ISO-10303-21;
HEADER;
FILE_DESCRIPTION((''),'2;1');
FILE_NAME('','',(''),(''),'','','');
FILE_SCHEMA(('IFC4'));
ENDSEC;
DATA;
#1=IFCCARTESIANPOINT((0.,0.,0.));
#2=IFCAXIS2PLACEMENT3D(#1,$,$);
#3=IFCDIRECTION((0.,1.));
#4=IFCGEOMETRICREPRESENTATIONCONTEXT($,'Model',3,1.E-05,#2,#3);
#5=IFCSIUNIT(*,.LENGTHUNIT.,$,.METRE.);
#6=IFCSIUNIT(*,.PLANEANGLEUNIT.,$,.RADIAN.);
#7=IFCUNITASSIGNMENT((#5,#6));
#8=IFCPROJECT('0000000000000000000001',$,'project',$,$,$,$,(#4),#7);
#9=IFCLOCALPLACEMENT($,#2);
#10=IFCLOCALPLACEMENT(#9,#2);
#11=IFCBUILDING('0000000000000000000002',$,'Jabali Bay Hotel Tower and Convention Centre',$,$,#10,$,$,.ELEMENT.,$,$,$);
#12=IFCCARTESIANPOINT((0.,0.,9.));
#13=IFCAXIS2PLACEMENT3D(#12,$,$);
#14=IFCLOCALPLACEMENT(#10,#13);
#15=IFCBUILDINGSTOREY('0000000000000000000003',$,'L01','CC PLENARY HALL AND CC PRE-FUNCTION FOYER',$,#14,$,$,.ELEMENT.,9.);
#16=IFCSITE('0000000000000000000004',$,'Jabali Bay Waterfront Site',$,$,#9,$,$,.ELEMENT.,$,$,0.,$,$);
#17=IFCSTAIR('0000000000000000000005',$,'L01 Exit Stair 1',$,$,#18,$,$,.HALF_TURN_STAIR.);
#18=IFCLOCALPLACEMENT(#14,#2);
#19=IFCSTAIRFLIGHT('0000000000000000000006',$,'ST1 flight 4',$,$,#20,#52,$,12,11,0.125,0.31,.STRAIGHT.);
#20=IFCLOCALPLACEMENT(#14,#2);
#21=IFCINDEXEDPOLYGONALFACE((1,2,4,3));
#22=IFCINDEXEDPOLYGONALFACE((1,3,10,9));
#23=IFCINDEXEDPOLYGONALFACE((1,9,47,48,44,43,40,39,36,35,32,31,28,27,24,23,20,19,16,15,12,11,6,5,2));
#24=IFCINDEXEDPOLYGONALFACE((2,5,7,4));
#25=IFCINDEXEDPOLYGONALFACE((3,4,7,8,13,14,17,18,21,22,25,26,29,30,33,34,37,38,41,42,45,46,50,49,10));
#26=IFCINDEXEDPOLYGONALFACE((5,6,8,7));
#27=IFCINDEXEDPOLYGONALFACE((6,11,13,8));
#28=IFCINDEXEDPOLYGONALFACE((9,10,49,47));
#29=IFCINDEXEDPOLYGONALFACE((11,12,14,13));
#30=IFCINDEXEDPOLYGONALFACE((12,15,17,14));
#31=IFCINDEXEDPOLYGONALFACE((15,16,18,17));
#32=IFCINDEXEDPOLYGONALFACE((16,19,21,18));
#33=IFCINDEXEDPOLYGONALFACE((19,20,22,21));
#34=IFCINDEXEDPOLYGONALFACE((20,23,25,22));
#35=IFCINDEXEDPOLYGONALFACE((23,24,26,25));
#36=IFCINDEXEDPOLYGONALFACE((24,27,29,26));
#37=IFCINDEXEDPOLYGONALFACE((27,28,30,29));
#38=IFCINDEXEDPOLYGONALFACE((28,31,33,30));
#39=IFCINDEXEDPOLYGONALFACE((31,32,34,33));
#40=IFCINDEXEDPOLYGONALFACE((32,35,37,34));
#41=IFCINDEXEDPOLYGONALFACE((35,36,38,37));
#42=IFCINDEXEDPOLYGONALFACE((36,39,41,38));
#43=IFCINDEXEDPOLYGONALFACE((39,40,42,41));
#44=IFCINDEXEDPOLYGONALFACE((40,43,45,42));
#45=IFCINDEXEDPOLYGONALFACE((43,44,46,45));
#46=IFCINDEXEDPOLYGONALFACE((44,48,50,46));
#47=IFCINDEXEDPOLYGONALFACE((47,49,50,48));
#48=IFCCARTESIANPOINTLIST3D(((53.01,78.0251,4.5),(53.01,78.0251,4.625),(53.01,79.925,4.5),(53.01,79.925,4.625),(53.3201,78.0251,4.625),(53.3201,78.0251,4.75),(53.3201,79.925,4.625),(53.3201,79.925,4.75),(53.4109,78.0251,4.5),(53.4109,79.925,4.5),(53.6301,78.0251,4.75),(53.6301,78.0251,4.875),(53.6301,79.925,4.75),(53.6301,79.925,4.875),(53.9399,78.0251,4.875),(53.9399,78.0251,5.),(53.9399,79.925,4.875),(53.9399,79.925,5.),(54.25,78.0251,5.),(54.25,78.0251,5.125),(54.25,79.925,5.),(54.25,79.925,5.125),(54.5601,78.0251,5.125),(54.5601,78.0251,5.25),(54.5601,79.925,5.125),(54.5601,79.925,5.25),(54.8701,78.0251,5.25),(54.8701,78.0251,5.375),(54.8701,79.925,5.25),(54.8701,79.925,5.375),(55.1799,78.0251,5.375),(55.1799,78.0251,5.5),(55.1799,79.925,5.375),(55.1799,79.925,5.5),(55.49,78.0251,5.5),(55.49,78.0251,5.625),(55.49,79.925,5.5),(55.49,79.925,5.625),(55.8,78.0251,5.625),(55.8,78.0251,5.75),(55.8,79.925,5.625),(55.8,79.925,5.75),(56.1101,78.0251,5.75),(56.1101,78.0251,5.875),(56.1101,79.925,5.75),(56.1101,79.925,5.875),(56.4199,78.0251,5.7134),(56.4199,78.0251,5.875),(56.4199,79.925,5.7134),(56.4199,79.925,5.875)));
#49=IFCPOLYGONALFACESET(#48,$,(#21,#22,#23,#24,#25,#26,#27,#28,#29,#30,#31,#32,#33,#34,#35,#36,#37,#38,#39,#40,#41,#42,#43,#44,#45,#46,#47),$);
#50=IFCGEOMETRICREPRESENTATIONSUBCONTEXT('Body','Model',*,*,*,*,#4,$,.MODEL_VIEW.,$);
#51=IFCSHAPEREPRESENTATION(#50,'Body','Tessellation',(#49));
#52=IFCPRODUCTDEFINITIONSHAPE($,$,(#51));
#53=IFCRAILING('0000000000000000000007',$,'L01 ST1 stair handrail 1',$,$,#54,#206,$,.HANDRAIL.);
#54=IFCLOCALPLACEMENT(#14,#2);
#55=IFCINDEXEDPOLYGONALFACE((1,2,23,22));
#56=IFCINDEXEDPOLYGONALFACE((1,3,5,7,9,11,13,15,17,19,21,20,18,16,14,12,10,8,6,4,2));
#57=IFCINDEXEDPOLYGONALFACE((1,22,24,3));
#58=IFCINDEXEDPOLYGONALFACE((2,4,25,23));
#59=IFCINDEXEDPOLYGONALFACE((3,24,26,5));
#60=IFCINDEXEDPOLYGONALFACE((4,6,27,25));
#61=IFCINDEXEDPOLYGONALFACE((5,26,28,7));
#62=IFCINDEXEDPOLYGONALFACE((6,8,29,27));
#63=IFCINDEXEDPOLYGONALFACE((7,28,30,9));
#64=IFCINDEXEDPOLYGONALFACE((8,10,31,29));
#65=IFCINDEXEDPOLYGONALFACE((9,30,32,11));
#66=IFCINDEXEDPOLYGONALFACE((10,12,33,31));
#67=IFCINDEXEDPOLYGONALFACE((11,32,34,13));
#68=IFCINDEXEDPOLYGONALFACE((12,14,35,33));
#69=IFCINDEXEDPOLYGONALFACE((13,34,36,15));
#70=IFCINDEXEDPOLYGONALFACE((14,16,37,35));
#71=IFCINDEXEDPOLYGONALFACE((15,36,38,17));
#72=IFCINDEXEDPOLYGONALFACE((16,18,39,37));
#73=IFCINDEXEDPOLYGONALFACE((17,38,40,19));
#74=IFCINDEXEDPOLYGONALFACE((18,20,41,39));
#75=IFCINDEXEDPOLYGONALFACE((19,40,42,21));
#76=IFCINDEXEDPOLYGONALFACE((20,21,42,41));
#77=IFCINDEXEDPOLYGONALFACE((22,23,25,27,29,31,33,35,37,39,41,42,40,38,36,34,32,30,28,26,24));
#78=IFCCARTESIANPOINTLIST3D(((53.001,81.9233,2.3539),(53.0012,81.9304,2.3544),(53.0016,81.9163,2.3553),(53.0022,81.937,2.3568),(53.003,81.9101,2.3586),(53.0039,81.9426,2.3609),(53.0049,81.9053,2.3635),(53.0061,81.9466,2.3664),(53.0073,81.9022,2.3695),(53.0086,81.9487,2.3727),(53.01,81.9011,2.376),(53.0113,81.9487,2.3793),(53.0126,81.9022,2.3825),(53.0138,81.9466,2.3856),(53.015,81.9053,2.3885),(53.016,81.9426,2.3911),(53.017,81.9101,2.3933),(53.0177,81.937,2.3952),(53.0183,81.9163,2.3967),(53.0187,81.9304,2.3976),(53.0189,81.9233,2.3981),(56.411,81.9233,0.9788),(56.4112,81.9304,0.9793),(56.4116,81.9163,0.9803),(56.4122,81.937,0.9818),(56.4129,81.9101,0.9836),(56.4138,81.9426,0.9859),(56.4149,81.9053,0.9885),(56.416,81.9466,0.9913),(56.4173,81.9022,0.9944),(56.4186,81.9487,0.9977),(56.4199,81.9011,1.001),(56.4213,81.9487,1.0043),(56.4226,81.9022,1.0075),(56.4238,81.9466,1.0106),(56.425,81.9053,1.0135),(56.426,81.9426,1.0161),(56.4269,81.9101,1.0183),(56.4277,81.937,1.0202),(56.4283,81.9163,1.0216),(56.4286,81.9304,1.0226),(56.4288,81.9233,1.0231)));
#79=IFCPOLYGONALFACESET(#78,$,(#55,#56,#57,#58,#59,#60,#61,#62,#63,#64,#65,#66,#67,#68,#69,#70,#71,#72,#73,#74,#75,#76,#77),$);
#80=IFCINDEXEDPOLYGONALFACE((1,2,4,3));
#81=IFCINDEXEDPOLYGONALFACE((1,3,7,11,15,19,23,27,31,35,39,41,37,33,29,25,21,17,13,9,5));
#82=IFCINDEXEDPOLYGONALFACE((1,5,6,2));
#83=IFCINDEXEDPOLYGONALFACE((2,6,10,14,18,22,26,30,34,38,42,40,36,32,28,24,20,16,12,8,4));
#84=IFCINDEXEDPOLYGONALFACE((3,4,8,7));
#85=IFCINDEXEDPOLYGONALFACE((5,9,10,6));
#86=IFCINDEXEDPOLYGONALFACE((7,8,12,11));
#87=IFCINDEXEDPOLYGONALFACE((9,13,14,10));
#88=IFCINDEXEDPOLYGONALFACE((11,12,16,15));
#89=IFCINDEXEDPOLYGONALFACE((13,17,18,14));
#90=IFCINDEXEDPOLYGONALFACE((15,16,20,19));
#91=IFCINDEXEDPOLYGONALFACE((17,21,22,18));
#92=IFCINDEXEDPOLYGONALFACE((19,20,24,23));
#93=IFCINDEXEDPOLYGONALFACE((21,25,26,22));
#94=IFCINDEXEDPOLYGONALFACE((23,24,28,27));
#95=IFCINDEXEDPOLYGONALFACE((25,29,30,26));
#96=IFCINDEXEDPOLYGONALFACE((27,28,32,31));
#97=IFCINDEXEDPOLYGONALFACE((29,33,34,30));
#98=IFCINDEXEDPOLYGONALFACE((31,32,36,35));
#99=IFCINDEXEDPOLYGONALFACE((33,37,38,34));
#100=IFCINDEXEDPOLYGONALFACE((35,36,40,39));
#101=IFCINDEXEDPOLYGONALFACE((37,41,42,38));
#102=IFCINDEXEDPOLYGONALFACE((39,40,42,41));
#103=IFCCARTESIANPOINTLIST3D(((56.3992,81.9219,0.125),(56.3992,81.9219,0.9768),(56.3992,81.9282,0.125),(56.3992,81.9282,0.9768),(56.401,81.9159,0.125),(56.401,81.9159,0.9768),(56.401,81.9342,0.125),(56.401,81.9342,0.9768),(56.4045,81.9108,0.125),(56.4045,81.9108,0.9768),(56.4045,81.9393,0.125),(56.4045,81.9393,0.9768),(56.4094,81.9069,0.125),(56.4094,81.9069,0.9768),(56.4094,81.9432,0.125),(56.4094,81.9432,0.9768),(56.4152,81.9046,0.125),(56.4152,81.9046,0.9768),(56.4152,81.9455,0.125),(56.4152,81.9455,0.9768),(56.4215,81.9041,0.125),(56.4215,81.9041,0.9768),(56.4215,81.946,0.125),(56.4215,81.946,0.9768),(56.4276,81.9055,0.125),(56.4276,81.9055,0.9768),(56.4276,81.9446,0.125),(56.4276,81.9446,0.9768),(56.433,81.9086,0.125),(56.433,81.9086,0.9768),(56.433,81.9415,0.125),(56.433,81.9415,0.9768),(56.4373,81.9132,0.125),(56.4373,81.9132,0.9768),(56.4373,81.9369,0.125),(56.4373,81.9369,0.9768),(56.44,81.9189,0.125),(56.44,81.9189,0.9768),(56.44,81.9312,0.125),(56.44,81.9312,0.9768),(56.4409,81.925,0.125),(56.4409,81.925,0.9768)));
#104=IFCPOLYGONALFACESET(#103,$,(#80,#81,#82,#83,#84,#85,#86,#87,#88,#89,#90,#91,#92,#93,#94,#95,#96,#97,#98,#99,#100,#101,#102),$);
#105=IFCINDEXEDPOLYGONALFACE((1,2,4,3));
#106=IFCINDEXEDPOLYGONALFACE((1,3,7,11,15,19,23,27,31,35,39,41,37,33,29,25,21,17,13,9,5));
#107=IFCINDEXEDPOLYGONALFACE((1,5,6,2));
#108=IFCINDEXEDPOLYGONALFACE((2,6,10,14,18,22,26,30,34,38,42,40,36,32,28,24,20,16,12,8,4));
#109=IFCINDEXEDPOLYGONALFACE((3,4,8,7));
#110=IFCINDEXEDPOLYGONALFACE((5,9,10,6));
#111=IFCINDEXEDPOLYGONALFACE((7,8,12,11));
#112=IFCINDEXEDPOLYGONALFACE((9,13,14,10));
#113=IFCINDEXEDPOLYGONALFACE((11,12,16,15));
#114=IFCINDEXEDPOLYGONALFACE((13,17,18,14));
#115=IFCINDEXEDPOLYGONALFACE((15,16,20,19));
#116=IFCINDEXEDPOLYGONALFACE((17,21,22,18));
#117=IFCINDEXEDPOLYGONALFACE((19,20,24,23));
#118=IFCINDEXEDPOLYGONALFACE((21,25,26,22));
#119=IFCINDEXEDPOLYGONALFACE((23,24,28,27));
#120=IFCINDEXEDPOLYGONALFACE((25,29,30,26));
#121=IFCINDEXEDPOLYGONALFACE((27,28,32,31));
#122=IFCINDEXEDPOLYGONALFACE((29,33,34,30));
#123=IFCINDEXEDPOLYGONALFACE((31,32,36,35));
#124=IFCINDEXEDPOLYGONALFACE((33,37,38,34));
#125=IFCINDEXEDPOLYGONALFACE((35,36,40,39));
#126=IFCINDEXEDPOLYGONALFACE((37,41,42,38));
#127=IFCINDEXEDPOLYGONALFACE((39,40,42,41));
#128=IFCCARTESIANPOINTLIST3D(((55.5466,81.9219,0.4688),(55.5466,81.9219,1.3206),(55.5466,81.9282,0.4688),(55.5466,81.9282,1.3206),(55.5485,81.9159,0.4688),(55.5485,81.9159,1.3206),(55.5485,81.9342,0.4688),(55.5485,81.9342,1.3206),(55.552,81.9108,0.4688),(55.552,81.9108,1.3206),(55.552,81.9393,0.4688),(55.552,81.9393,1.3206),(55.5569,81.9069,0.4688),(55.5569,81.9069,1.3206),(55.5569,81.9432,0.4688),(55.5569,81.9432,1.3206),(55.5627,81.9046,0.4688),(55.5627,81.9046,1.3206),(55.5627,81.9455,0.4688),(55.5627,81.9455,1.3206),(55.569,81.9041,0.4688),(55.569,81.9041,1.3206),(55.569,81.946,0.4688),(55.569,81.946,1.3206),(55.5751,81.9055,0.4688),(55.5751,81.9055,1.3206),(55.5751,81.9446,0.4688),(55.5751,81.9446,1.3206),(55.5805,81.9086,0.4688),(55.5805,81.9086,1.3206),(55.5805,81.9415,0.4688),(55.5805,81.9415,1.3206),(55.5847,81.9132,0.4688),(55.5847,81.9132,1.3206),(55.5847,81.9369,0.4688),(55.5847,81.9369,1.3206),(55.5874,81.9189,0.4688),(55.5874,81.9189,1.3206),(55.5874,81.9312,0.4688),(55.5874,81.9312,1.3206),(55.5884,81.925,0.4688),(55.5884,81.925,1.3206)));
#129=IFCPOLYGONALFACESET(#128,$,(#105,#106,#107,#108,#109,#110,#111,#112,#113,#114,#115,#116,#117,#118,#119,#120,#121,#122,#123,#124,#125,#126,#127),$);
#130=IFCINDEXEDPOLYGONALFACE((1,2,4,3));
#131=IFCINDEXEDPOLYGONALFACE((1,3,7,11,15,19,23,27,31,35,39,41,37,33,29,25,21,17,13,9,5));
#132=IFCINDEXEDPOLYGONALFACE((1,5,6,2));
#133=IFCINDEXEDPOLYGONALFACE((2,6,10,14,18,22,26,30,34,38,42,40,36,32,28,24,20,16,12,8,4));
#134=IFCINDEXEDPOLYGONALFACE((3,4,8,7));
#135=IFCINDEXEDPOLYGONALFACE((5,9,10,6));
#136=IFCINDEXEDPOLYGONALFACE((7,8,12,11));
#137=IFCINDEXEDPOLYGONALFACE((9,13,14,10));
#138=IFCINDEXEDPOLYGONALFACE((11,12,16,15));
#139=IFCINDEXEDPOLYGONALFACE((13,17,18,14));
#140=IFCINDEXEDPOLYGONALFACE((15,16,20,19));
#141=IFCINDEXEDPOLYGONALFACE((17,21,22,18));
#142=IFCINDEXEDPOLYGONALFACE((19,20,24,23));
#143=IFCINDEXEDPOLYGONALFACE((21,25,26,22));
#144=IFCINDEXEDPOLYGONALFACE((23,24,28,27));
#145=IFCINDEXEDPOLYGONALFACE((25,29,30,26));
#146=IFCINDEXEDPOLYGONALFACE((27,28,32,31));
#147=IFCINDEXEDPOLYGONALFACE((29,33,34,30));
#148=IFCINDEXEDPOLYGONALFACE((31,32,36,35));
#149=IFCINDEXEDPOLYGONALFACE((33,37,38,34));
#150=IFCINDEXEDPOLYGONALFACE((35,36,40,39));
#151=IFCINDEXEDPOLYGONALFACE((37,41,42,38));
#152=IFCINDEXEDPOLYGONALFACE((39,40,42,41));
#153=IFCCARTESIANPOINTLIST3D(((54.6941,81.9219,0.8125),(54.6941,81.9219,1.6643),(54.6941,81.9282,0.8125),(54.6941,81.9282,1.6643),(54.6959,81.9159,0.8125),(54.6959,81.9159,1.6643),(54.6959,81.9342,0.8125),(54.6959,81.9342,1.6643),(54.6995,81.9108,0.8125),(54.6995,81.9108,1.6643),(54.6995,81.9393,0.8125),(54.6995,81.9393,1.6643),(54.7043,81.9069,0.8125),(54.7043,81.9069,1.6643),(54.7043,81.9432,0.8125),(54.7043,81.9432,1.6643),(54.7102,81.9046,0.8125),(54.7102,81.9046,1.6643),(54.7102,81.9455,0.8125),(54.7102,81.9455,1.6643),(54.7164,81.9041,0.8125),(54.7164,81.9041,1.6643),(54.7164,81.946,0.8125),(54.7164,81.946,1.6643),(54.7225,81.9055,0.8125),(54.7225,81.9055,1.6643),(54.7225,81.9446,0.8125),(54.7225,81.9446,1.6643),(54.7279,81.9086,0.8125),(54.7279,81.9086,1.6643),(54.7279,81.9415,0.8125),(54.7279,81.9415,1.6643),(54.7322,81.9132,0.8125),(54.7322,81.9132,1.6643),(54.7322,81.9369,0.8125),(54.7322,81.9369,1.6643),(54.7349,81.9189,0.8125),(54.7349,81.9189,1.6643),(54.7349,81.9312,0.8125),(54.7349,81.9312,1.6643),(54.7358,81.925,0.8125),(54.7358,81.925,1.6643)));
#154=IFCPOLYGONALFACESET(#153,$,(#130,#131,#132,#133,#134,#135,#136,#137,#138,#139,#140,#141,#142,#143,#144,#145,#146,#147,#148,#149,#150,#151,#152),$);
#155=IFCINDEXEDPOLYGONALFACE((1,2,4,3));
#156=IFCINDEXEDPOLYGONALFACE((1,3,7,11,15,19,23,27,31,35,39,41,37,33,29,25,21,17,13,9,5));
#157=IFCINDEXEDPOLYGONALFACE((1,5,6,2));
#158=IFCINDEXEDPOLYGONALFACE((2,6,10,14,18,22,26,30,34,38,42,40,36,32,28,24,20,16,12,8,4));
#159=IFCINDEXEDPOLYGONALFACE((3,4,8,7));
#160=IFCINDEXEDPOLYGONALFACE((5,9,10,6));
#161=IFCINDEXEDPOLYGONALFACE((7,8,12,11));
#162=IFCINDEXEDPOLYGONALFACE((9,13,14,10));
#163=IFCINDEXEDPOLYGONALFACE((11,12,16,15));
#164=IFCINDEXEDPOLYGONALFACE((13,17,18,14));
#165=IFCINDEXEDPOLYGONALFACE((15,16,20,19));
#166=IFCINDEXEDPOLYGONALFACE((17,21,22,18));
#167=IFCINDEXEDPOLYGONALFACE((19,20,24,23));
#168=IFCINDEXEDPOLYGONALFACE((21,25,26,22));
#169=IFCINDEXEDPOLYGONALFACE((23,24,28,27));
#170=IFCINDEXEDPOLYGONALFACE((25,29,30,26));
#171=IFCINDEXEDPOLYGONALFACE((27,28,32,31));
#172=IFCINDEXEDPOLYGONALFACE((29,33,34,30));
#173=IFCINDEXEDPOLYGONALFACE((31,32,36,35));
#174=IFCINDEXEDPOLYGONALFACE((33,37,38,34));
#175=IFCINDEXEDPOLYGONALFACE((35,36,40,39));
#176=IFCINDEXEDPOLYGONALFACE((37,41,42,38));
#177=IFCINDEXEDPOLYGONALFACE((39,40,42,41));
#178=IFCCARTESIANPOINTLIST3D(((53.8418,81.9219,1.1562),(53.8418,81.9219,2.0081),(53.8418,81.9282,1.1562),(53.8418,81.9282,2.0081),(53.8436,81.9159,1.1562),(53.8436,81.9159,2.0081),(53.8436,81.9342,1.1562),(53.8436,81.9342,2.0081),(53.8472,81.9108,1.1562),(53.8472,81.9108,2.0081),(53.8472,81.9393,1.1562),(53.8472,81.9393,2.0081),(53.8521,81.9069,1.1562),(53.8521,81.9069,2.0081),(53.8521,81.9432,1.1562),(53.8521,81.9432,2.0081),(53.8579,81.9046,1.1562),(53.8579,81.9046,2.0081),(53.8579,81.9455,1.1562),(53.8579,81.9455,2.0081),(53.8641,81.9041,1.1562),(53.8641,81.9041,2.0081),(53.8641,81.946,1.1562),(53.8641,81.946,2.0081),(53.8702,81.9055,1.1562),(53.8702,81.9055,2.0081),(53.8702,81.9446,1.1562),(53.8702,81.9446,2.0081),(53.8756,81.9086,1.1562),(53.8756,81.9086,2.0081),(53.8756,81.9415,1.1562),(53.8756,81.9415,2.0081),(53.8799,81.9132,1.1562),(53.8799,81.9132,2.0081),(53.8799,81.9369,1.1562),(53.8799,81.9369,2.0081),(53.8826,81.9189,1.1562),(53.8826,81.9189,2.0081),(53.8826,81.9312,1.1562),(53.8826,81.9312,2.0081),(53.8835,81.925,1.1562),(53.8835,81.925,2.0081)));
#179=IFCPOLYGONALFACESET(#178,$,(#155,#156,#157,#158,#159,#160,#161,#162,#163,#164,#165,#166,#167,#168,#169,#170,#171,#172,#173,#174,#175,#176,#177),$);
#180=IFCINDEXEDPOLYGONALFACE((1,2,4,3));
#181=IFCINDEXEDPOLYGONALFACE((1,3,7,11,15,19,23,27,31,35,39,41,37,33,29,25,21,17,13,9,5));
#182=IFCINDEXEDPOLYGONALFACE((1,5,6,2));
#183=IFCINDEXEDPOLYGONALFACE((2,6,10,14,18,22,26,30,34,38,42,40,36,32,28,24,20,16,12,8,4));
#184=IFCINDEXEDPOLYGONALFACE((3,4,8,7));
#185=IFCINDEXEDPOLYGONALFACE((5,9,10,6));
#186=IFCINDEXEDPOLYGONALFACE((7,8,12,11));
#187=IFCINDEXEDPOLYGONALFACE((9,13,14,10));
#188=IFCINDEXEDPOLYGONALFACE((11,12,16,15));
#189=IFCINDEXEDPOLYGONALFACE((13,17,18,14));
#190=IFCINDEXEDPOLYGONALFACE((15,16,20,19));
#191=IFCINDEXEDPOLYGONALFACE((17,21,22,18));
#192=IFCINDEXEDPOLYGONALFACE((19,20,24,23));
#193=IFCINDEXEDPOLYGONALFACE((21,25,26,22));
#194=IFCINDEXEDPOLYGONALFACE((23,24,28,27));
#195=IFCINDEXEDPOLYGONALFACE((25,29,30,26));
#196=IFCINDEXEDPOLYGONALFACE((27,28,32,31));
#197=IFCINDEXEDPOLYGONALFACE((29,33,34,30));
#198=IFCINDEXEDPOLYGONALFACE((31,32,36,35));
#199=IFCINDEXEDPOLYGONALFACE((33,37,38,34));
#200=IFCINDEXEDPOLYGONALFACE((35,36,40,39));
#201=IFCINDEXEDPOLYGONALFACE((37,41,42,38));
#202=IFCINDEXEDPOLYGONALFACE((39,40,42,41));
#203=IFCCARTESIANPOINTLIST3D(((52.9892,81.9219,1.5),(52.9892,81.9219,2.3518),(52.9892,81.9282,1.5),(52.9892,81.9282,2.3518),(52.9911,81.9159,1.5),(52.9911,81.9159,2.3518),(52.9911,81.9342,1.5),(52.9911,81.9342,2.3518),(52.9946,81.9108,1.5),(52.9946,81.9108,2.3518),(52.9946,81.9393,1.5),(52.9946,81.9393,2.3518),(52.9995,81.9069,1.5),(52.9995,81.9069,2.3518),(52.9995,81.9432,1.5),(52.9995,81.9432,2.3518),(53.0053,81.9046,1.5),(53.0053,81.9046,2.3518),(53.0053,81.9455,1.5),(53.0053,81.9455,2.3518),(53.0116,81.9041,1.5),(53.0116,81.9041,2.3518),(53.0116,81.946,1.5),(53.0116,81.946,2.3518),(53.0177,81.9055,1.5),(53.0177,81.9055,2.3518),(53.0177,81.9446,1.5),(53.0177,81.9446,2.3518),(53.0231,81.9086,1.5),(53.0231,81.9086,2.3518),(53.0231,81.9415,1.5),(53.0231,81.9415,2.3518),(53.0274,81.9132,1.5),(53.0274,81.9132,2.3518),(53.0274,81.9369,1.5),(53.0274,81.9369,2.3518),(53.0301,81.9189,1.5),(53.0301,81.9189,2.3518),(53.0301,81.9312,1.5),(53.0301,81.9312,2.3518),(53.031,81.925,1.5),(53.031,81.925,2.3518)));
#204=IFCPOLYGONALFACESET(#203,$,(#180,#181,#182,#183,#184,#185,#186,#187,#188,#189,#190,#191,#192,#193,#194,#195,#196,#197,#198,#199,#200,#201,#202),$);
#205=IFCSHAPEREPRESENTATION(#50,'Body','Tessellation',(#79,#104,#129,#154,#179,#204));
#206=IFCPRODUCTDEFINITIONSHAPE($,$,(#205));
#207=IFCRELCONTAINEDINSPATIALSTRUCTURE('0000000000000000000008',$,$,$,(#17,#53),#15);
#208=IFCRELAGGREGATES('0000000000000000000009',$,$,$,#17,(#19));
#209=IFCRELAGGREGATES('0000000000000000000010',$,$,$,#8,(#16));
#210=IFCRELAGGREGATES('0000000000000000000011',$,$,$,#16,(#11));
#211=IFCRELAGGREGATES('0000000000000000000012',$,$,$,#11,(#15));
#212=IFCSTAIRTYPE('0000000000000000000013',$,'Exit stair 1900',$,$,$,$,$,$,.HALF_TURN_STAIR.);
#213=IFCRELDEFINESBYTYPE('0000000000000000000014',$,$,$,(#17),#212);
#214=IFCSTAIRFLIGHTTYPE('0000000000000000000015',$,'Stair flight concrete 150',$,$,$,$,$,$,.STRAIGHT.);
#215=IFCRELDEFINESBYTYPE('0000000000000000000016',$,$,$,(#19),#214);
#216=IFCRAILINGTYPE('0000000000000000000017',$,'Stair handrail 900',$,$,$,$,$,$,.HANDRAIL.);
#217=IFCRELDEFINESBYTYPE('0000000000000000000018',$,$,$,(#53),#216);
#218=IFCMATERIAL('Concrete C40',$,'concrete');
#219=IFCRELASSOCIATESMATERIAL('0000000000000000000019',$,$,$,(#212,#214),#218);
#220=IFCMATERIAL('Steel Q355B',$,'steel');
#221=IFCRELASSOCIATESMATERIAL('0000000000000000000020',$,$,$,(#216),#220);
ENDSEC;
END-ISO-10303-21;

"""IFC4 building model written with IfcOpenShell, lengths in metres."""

from ifc_helpers import new_model, si_unit, direction, frame, origin, origin_2d, place, context, subcontext, project, spatial, polyline, circle, outline, extrude, material, type_object, element, aggregate, save


model = new_model("IFC4")

# Units and contexts
model_context = context("Model", 3, precision=1e-05, world=origin(), true_north=direction((0.0, 1.0)))
body_context = subcontext(model_context, "Body", "Model", "MODEL_VIEW")
ifc_project = project(units=[si_unit("LENGTHUNIT", "METRE"), si_unit("PLANEANGLEUNIT", "RADIAN")], contexts=[model_context])

# Site, building, storey
site_placement = place(None, origin())
site = spatial("IfcSite", under=ifc_project, at=site_placement, Name="Jabali Bay Waterfront Site", CompositionType="ELEMENT", RefElevation=0.0)
building_placement = place(site_placement, origin())
building = spatial("IfcBuilding", under=site, at=building_placement, Name="Jabali Bay Hotel Tower and Convention Centre", CompositionType="ELEMENT")
storey_placement = place(building_placement, frame((0.0, 0.0, 9.0)))
storey = spatial("IfcBuildingStorey", under=building, at=storey_placement, Name="L01", Description="CC PLENARY HALL AND CC PRE-FUNCTION FOYER", CompositionType="ELEMENT", Elevation=9.0)

# Shared definitions
ifc_material_1 = material(Name="Concrete C40", Category="concrete")

# Stair, stair flight
stair_type = type_object("IfcStairType", Name="Exit stair 1900", PredefinedType="HALF_TURN_STAIR", material=ifc_material_1)
stair_placement = place(storey_placement, origin())
stair = element("IfcStair", 1, at=stair_placement, inside=storey, type_object=stair_type, Name="L01 Exit Stair 1", PredefinedType="HALF_TURN_STAIR")
stair_flight_type = type_object("IfcStairFlightType", Name="Stair flight concrete 150", PredefinedType="STRAIGHT", material=ifc_material_1)
stair_flight_1_placement = place(storey_placement, frame((53.01, 78.9751, 4.5), z_axis=(0.0, 0.0, 1.0), x_axis=(1.0, 0.0, 0.0)))
stair_flight_1 = element("IfcStairFlight", 2, at=stair_flight_1_placement, type_object=stair_flight_type, Name="ST1 flight 4", NumberOfRisers=12, NumberOfTreads=11, PredefinedType="STRAIGHT", RiserHeight=0.125, TreadLength=0.31, context=body_context, shape_type="SweptSolid", body=[
    extrude(outline(polyline([(0.0, 0.0), (0.0, 0.125), (0.3101, 0.125), (0.3101, 0.25), (0.6201, 0.25), (0.6201, 0.375), (0.9299, 0.375), (0.9299, 0.5), (1.24, 0.5), (1.24, 0.625), (1.55, 0.625), (1.55, 0.75), (1.8601, 0.75), (1.8601, 0.875), (2.1699, 0.875), (2.1699, 1.0), (2.48, 1.0), (2.48, 1.125), (2.79, 1.125), (2.79, 1.25), (3.1001, 1.25), (3.1001, 1.375), (3.4099, 1.375), (3.4099, 1.5), (3.4099, 1.2134), (0.4009, 0.0), (0.0, 0.0)])), frame((0.0, 0.95, 0.0), z_axis=(0.0, -1.0, 0.0), x_axis=(1.0, 0.0, 0.0)), (0.0, 0.0, 1.0), 1.8999),
])
aggregate(stair, [stair_flight_1])

# Railing
ifc_material_2 = material(Name="Steel Q355B", Category="steel")
railing_type_1 = type_object("IfcRailingType", Name="Stair handrail 900", PredefinedType="HANDRAIL", material=ifc_material_2)
railing_1_placement = place(storey_placement, frame((56.4199, 81.925, 0.125)))
element("IfcRailing", 3, at=railing_1_placement, inside=storey, type_object=railing_type_1, Name="L01 ST1 stair handrail 1", PredefinedType="HANDRAIL", context=body_context, shape_type="SweptSolid", body=[
    extrude(circle(Radius=0.0239, at=origin_2d()), frame((0.0, 0.0, 0.876), z_axis=(-0.927438, 0.0, 0.373977), x_axis=(0.0, -1.0, 0.0)), (0.0, 0.0, 1.0), 3.6768),
    extrude(circle(Radius=0.021, at=origin_2d()), origin(), (0.0, 0.0, 1.0), 0.8518),
    extrude(circle(Radius=0.021, at=origin_2d()), frame((-0.8525, 0.0, 0.3438)), (0.0, 0.0, 1.0), 0.8518),
    extrude(circle(Radius=0.021, at=origin_2d()), frame((-1.7051, 0.0, 0.6875)), (0.0, 0.0, 1.0), 0.8518),
    extrude(circle(Radius=0.021, at=origin_2d()), frame((-2.5574, 0.0, 1.0312)), (0.0, 0.0, 1.0), 0.8518),
    extrude(circle(Radius=0.021, at=origin_2d()), frame((-3.4099, 0.0, 1.375)), (0.0, 0.0, 1.0), 0.8518),
])

save(model, "model.ifc")
